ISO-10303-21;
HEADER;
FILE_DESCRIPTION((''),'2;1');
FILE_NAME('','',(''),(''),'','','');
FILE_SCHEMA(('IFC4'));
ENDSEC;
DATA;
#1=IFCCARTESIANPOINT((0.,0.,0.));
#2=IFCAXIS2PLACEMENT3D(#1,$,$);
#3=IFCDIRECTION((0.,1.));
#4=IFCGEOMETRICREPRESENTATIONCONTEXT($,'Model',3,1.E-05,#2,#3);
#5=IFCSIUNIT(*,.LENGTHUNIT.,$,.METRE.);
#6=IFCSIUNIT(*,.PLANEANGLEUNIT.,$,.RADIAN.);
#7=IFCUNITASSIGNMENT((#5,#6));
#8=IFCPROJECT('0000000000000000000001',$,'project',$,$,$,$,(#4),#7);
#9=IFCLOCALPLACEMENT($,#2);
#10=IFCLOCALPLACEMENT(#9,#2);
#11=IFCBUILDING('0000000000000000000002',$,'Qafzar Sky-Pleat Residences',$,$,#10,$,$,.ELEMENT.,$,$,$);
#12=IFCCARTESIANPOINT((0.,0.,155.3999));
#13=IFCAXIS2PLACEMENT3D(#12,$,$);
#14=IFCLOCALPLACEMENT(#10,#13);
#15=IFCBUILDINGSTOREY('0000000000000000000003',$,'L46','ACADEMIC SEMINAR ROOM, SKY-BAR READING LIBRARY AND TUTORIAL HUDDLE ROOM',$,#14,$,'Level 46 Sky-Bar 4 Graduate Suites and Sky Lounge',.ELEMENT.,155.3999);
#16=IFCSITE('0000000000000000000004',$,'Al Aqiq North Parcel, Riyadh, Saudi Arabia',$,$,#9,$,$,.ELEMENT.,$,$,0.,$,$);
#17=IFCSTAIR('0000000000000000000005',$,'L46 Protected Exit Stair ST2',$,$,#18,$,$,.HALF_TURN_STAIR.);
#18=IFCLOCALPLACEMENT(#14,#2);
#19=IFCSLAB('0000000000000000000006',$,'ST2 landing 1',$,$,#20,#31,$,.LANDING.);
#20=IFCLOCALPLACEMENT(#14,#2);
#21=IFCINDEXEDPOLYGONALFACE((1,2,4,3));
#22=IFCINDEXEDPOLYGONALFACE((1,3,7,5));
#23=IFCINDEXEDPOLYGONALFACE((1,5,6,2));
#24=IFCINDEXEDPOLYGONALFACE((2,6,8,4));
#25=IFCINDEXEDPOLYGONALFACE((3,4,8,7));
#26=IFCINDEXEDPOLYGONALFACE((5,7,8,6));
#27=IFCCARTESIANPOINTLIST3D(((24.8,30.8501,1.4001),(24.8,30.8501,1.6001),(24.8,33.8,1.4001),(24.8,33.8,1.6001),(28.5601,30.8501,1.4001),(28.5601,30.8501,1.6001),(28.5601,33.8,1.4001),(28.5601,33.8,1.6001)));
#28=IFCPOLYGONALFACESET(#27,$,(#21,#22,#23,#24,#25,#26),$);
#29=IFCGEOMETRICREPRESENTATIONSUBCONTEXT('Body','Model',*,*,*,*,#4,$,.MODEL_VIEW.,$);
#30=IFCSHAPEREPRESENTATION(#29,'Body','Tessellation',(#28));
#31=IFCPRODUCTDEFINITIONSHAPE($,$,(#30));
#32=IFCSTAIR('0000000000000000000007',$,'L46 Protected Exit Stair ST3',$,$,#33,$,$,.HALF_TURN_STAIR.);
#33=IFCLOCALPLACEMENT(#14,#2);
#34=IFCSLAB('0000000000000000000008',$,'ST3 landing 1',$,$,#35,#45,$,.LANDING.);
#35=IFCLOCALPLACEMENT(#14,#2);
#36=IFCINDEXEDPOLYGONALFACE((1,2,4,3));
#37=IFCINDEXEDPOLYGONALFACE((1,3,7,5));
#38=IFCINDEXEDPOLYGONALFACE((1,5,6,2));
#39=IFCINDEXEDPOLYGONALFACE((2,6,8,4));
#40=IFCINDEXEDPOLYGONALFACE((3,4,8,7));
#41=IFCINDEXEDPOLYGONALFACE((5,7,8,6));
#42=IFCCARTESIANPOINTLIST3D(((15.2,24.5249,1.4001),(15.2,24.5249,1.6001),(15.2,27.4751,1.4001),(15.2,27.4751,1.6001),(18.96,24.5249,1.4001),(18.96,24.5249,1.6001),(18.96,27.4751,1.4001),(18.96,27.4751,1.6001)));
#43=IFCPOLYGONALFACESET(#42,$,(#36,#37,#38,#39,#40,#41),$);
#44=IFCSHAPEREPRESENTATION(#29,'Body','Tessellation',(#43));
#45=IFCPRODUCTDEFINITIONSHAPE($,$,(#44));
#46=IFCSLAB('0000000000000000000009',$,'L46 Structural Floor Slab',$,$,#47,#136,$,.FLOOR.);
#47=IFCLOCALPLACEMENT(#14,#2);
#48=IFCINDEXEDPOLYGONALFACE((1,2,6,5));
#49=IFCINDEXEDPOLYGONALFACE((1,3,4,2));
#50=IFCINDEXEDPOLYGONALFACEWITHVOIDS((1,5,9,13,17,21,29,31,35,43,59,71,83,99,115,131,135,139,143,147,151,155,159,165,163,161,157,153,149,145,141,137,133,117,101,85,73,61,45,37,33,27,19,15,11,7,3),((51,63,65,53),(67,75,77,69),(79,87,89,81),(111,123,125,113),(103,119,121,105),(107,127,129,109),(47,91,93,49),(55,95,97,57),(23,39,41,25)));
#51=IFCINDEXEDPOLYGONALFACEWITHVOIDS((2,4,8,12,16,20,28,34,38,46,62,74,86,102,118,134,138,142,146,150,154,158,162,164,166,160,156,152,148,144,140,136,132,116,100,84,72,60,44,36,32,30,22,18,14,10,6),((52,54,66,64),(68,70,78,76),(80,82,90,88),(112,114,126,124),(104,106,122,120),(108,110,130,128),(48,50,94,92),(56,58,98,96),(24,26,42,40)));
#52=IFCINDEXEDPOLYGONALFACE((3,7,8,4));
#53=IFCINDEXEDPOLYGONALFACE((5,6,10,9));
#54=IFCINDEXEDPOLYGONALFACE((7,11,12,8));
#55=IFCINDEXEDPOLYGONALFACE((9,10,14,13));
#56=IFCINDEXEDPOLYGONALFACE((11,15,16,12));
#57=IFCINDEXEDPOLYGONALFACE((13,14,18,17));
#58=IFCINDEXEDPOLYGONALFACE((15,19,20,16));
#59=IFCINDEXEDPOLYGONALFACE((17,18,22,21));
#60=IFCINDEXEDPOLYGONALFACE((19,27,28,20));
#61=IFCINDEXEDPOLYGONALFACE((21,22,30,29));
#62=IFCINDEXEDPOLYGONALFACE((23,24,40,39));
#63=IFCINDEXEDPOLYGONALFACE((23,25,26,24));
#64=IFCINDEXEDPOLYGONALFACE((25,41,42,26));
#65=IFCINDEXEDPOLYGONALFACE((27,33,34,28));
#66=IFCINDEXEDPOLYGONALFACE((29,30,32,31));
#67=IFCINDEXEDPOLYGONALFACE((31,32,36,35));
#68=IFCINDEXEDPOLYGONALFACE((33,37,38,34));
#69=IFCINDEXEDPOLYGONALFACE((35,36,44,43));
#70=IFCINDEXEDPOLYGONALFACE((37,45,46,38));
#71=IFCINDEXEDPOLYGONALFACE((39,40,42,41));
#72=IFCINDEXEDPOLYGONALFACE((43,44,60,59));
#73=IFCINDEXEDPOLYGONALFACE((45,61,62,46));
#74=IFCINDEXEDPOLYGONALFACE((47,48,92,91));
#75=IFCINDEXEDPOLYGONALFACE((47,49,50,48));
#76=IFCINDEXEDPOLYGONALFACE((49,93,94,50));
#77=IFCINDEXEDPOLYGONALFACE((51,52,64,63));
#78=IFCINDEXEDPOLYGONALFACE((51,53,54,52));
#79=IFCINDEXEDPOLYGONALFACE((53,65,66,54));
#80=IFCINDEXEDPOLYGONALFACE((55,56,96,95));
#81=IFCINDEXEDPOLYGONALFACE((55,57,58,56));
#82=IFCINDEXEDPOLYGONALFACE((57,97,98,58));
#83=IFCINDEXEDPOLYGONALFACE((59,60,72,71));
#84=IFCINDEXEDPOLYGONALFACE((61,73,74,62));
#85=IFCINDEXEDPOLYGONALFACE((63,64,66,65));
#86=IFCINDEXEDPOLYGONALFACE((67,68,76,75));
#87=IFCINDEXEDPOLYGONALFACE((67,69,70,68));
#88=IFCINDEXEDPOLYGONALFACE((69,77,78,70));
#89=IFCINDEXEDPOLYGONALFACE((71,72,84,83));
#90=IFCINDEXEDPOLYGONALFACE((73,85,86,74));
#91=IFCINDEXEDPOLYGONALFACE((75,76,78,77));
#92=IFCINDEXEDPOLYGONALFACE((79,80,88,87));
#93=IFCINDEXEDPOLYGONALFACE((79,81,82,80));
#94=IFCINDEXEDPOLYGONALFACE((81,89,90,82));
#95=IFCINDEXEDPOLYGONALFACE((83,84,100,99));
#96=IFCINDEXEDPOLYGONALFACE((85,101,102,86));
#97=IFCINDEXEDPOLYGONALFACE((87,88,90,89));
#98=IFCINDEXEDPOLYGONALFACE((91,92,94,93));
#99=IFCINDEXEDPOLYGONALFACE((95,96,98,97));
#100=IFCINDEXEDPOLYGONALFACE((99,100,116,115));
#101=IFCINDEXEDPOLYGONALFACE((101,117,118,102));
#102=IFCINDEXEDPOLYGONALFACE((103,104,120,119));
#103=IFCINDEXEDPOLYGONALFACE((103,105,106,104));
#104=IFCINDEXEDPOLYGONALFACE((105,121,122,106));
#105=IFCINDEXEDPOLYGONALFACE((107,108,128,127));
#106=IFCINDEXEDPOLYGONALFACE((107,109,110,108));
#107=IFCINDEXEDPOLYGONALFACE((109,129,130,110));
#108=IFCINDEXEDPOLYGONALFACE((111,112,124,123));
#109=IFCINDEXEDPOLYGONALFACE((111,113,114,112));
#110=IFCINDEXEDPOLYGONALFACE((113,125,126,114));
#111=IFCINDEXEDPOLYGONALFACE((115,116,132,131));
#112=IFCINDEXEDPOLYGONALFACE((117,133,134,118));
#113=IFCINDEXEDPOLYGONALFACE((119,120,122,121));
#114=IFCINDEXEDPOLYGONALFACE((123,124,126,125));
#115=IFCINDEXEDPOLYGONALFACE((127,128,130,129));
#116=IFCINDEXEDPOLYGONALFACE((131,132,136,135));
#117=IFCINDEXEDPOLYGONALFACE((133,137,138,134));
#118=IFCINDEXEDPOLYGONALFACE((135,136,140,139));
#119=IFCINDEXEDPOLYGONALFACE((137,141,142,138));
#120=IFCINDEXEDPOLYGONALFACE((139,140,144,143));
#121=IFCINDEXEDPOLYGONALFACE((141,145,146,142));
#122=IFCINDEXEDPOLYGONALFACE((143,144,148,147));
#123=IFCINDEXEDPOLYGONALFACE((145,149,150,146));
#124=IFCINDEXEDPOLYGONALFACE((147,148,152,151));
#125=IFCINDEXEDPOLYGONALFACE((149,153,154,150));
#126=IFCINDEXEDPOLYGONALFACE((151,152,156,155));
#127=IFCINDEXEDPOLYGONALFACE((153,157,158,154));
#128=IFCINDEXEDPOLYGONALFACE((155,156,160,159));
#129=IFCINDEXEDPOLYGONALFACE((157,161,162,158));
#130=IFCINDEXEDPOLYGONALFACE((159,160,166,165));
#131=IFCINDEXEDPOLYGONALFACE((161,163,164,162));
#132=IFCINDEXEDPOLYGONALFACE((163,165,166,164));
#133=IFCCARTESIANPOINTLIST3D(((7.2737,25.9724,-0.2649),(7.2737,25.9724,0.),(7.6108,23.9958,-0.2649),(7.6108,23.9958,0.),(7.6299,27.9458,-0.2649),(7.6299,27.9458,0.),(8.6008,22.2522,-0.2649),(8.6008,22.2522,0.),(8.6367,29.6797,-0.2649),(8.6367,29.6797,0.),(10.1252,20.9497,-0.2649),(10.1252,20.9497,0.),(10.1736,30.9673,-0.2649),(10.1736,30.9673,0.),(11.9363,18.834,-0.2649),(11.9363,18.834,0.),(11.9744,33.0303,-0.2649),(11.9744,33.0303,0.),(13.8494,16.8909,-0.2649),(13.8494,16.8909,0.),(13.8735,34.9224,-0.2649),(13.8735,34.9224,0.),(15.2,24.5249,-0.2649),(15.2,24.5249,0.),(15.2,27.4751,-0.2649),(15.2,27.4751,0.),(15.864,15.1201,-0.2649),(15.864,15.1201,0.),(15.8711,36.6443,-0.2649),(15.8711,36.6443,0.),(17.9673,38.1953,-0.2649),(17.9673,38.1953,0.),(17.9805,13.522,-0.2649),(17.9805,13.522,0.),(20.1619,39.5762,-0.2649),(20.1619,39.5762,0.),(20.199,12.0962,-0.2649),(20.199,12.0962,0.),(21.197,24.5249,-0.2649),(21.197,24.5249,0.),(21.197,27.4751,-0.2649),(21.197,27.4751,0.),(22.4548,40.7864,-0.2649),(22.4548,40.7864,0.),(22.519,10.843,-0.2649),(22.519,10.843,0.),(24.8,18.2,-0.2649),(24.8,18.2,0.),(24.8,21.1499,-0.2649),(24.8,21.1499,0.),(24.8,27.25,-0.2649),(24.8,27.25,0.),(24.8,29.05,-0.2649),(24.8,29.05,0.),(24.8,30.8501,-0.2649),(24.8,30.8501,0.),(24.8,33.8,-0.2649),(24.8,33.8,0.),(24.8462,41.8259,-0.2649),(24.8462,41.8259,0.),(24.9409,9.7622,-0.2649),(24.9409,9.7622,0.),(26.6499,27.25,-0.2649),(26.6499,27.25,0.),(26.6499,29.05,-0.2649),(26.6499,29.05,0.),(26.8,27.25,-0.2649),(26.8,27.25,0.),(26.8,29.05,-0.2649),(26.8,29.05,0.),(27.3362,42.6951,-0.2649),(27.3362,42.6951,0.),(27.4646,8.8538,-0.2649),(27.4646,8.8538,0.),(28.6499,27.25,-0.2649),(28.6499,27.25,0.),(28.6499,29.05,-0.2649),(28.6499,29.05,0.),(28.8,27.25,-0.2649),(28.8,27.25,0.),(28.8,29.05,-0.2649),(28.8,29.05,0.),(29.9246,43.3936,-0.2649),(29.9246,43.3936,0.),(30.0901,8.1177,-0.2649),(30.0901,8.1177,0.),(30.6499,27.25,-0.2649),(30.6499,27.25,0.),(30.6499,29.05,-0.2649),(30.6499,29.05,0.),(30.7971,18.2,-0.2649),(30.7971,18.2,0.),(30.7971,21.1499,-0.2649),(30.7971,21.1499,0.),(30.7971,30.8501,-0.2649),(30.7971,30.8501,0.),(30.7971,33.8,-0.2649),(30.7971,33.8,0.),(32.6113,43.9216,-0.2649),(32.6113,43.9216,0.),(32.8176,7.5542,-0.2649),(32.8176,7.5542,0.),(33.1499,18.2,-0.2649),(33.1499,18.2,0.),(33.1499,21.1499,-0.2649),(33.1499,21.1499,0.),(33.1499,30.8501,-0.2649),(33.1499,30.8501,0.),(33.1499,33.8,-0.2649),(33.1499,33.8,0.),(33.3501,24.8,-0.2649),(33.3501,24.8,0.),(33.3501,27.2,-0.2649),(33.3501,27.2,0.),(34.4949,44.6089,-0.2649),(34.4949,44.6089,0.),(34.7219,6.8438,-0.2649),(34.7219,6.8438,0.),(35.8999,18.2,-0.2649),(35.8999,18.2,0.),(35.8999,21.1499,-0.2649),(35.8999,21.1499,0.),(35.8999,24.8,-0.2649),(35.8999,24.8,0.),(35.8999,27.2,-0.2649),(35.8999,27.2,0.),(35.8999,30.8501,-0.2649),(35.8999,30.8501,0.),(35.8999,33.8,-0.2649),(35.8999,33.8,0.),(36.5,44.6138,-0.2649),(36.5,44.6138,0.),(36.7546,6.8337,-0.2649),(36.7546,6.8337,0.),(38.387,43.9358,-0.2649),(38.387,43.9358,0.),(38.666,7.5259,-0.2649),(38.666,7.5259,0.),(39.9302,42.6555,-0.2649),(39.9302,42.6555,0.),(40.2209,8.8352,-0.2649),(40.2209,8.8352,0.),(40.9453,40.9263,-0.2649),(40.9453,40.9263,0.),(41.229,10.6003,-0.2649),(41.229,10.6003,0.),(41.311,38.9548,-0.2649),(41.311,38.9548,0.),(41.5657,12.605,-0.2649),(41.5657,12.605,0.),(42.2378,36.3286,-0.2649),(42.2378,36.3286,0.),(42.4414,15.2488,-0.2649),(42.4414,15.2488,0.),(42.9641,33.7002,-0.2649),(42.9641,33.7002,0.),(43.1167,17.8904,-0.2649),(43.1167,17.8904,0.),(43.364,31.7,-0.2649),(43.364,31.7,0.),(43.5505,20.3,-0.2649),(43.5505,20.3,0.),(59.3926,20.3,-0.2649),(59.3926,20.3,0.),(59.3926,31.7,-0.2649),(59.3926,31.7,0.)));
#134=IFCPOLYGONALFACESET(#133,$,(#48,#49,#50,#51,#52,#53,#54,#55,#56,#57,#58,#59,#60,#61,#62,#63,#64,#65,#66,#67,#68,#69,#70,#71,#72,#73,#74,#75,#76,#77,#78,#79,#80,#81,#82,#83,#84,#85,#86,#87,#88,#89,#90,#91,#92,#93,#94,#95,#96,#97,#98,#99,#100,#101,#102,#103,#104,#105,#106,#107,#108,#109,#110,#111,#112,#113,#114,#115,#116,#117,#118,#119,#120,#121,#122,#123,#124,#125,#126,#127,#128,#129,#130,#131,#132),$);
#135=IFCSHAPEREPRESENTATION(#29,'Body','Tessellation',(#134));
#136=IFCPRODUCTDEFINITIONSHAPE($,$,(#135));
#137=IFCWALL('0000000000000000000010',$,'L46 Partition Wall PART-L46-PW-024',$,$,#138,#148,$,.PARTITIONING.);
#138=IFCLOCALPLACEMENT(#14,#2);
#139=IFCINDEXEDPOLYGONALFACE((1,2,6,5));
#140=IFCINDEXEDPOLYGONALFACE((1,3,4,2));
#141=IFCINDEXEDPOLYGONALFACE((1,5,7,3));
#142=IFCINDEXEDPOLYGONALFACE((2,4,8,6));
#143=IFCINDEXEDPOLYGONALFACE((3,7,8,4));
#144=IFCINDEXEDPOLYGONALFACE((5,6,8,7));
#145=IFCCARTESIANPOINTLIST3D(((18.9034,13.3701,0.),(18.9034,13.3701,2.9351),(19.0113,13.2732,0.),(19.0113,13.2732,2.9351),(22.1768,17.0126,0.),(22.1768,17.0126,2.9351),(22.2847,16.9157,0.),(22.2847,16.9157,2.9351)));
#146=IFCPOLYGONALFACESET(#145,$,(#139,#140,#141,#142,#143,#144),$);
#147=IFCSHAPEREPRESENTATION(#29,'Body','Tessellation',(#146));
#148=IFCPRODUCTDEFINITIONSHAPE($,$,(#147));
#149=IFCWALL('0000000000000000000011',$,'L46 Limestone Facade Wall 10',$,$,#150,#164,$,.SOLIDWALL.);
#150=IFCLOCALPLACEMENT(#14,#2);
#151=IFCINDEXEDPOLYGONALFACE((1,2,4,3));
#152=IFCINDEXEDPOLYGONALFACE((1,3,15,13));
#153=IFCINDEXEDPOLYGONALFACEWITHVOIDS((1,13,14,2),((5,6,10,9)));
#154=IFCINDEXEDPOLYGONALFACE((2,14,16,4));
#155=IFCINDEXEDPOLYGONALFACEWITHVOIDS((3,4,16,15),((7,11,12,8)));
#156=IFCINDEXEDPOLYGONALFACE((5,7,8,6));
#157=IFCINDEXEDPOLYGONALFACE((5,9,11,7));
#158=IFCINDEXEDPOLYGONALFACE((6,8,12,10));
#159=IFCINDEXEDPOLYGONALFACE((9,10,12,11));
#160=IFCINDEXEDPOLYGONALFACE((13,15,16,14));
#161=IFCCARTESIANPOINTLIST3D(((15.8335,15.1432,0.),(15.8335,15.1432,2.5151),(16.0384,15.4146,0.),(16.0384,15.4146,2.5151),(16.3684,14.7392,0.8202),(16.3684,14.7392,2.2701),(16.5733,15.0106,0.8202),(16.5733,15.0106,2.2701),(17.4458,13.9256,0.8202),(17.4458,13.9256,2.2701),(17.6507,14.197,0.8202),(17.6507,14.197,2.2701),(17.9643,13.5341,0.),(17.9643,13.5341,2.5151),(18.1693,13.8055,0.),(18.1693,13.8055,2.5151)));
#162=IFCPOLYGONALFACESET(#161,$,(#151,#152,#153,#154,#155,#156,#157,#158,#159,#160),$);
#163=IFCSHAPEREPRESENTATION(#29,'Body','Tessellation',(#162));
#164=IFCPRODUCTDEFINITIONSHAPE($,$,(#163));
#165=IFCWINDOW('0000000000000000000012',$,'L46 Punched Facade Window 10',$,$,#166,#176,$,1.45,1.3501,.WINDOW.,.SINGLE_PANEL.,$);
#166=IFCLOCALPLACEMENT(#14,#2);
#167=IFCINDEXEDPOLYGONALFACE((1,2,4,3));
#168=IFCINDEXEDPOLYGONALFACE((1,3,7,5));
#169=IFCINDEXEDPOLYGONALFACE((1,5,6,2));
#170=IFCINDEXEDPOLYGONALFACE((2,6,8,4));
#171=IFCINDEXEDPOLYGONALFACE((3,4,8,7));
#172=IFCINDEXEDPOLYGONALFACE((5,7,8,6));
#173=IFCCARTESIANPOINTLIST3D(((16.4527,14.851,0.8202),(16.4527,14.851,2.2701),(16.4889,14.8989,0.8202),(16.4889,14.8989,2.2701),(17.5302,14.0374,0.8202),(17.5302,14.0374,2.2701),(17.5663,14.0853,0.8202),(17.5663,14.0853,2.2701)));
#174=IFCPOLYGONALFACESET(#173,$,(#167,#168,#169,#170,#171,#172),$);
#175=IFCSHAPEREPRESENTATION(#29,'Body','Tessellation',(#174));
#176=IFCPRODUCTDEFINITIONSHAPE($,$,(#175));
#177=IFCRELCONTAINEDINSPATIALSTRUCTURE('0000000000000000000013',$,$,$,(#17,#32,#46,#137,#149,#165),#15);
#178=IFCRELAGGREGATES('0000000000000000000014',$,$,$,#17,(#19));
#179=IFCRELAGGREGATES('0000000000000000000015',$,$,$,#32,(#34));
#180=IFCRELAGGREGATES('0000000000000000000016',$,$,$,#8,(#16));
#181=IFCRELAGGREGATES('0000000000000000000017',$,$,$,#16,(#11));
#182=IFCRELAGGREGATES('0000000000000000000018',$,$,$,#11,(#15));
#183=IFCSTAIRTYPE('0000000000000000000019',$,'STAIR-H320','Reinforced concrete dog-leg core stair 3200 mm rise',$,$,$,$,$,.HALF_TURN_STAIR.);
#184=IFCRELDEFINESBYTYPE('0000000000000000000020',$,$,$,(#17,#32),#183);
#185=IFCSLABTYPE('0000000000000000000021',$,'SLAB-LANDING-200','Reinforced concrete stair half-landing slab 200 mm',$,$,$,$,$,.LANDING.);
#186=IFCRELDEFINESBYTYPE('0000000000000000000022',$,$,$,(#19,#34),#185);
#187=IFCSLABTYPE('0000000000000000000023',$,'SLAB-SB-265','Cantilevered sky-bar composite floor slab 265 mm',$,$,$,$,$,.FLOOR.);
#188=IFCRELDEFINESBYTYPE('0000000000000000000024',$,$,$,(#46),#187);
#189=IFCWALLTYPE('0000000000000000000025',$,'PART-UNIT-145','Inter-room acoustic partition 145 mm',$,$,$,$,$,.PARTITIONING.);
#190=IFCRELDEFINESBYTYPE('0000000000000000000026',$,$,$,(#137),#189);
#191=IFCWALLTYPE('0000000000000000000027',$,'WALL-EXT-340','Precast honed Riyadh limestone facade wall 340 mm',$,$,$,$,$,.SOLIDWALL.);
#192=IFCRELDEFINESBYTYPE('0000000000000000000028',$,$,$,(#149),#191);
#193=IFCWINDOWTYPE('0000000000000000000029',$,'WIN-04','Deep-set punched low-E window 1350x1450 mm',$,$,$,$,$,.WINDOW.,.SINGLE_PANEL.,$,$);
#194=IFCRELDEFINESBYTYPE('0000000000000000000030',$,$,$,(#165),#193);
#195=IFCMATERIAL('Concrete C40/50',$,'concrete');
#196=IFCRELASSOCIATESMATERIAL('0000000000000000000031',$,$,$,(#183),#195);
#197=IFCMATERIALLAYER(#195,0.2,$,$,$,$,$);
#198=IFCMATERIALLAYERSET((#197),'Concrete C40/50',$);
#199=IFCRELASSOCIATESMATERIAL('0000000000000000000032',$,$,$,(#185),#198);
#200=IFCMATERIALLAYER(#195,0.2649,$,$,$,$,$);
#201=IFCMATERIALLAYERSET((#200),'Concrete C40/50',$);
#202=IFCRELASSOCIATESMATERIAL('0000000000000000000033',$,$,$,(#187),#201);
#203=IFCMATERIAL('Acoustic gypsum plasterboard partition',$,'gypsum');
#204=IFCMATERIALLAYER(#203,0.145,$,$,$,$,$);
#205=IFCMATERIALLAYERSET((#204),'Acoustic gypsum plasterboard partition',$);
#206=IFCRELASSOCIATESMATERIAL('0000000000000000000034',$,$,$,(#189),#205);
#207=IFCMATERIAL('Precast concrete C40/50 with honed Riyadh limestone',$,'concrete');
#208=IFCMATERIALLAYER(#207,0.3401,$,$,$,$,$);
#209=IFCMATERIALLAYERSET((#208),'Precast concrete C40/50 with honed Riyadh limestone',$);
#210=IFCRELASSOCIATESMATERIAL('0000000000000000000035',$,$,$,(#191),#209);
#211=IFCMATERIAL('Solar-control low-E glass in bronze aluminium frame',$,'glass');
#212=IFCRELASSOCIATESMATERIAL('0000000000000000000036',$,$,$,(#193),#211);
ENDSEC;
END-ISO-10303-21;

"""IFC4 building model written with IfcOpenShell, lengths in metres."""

from ifc_helpers import new_model, si_unit, direction, frame, frame_2d, origin, place, context, subcontext, project, spatial, polyline, rectangle, outline, extrude, source, transform, mapped, material, layer, layer_set, type_object, element, fill, aggregate, save


model = new_model("IFC4")

# Units and contexts
model_context = context("Model", 3, precision=1e-05, world=origin(), true_north=direction((0.0, 1.0)))
body_context = subcontext(model_context, "Body", "Model", "MODEL_VIEW")
ifc_project = project(units=[si_unit("LENGTHUNIT", "METRE"), si_unit("PLANEANGLEUNIT", "RADIAN")], contexts=[model_context])

# Site, building, storey
site_placement = place(None, origin())
site = spatial("IfcSite", under=ifc_project, at=site_placement, Name="Al Aqiq North Parcel, Riyadh, Saudi Arabia", CompositionType="ELEMENT", RefElevation=0.0)
building_placement = place(site_placement, origin())
building = spatial("IfcBuilding", under=site, at=building_placement, Name="Qafzar Sky-Pleat Residences", CompositionType="ELEMENT")
storey_placement = place(building_placement, frame((0.0, 0.0, 155.3999)))
storey = spatial("IfcBuildingStorey", under=building, at=storey_placement, Name="L46", Description="ACADEMIC SEMINAR ROOM, SKY-BAR READING LIBRARY AND TUTORIAL HUDDLE ROOM", LongName="Level 46 Sky-Bar 4 Graduate Suites and Sky Lounge", CompositionType="ELEMENT", Elevation=155.3999)

# Shared definitions
ifc_material_1 = material(Name="Concrete C40/50", Category="concrete")

# Stairs, slabs
stair_type = type_object("IfcStairType", Name="STAIR-H320", Description="Reinforced concrete dog-leg core stair 3200 mm rise", PredefinedType="HALF_TURN_STAIR", material=ifc_material_1)
ifc_layer_1 = layer(ifc_material_1, 0.2)
ifc_layer_set_1 = layer_set([ifc_layer_1], Name="Concrete C40/50")
slab_type_1 = type_object("IfcSlabType", Name="SLAB-LANDING-200", Description="Reinforced concrete stair half-landing slab 200 mm", PredefinedType="LANDING", material=ifc_layer_set_1)
stair_1_placement = place(storey_placement, origin())
stair_1 = element("IfcStair", 1, at=stair_1_placement, inside=storey, type_object=stair_type, Name="L46 Protected Exit Stair ST2", PredefinedType="HALF_TURN_STAIR")
slab_1_placement = place(storey_placement, frame((0.0, 0.0, 1.4001)))
slab_1 = element("IfcSlab", 2, at=slab_1_placement, type_object=slab_type_1, Name="ST2 landing 1", PredefinedType="LANDING", context=body_context, shape_type="SweptSolid", body=[
    extrude(outline(polyline([(28.5601, 33.8), (24.8, 33.8), (24.8, 30.8501), (28.5601, 30.8501), (28.5601, 33.8)])), origin(), (0.0, 0.0, 1.0), 0.2),
])
aggregate(stair_1, [slab_1])
stair_2_placement = place(storey_placement, origin())
stair_2 = element("IfcStair", 3, at=stair_2_placement, inside=storey, type_object=stair_type, Name="L46 Protected Exit Stair ST3", PredefinedType="HALF_TURN_STAIR")
slab_2_placement = place(storey_placement, frame((0.0, 0.0, 1.4001)))
slab_2 = element("IfcSlab", 4, at=slab_2_placement, type_object=slab_type_1, Name="ST3 landing 1", PredefinedType="LANDING", context=body_context, shape_type="SweptSolid", body=[
    extrude(outline(polyline([(18.96, 27.4751), (15.2, 27.4751), (15.2, 24.5249), (18.96, 24.5249), (18.96, 27.4751)])), origin(), (0.0, 0.0, 1.0), 0.2),
])
aggregate(stair_2, [slab_2])

# Slab
ifc_layer_2 = layer(ifc_material_1, 0.2649)
ifc_layer_set_2 = layer_set([ifc_layer_2], Name="Concrete C40/50")
slab_type_2 = type_object("IfcSlabType", Name="SLAB-SB-265", Description="Cantilevered sky-bar composite floor slab 265 mm", PredefinedType="FLOOR", material=ifc_layer_set_2)
slab_3_placement = place(storey_placement, frame((0.0, 0.0, -0.2649)))
element("IfcSlab", 5, at=slab_3_placement, inside=storey, type_object=slab_type_2, Name="L46 Structural Floor Slab", PredefinedType="FLOOR", context=body_context, shape_type="SweptSolid", body=[
    extrude(outline(polyline([(43.1167, 17.8904), (42.4414, 15.2488), (41.5657, 12.605), (41.229, 10.6003), (40.2209, 8.8352), (38.666, 7.5259), (36.7546, 6.8337), (34.7219, 6.8438), (32.8176, 7.5542), (30.0901, 8.1177), (27.4646, 8.8538), (24.9409, 9.7622), (22.519, 10.843), (20.199, 12.0962), (17.9805, 13.522), (15.864, 15.1201), (13.8494, 16.8909), (11.9363, 18.834), (10.1252, 20.9497), (8.6008, 22.2522), (7.6108, 23.9958), (7.2737, 25.9724), (7.6299, 27.9458), (8.6367, 29.6797), (10.1736, 30.9673), (11.9744, 33.0303), (13.8735, 34.9224), (15.8711, 36.6443), (17.9673, 38.1953), (20.1619, 39.5762), (22.4548, 40.7864), (24.8462, 41.8259), (27.3362, 42.6951), (29.9246, 43.3936), (32.6113, 43.9216), (34.4949, 44.6089), (36.5, 44.6138), (38.387, 43.9358), (39.9302, 42.6555), (40.9453, 40.9263), (41.311, 38.9548), (42.2378, 36.3286), (42.9641, 33.7002), (43.364, 31.7), (59.3926, 31.7), (59.3926, 20.3), (43.5505, 20.3), (43.1167, 17.8904)]), holes=[polyline([(30.7971, 21.1499), (24.8, 21.1499), (24.8, 18.2), (30.7971, 18.2), (30.7971, 21.1499)]), polyline([(30.7971, 33.8), (24.8, 33.8), (24.8, 30.8501), (30.7971, 30.8501), (30.7971, 33.8)]), polyline([(21.197, 27.4751), (15.2, 27.4751), (15.2, 24.5249), (21.197, 24.5249), (21.197, 27.4751)]), polyline([(24.8, 27.25), (26.6499, 27.25), (26.6499, 29.05), (24.8, 29.05), (24.8, 27.25)]), polyline([(26.8, 27.25), (28.6499, 27.25), (28.6499, 29.05), (26.8, 29.05), (26.8, 27.25)]), polyline([(28.8, 27.25), (30.6499, 27.25), (30.6499, 29.05), (28.8, 29.05), (28.8, 27.25)]), polyline([(33.1499, 18.2), (35.8999, 18.2), (35.8999, 21.1499), (33.1499, 21.1499), (33.1499, 18.2)]), polyline([(33.1499, 30.8501), (35.8999, 30.8501), (35.8999, 33.8), (33.1499, 33.8), (33.1499, 30.8501)]), polyline([(33.3501, 24.8), (35.8999, 24.8), (35.8999, 27.2), (33.3501, 27.2), (33.3501, 24.8)])]), origin(), (0.0, 0.0, 1.0), 0.2649),
])

# Wall
ifc_material_2 = material(Name="Acoustic gypsum plasterboard partition", Category="gypsum")
ifc_layer_3 = layer(ifc_material_2, 0.145)
ifc_layer_set_3 = layer_set([ifc_layer_3], Name="Acoustic gypsum plasterboard partition")
wall_type_1 = type_object("IfcWallType", Name="PART-UNIT-145", Description="Inter-room acoustic partition 145 mm", PredefinedType="PARTITIONING", material=ifc_layer_set_3)
wall_1_placement = place(storey_placement, frame((18.9573, 13.3215, 0.0), z_axis=(0.0, 0.0, 1.0), x_axis=(0.668414, 0.74379, 0.0)))
element("IfcWall", 6, at=wall_1_placement, inside=storey, type_object=wall_type_1, Name="L46 Partition Wall PART-L46-PW-024", PredefinedType="PARTITIONING", context=body_context, shape_type="SweptSolid", body=[
    extrude(rectangle(XDim=4.8972, YDim=0.145, at=frame_2d((2.4487, 0.0))), origin(), (0.0, 0.0, 1.0), 2.9351),
])

# Wall, opening, window
ifc_material_3 = material(Name="Precast concrete C40/50 with honed Riyadh limestone", Category="concrete")
ifc_layer_4 = layer(ifc_material_3, 0.3401)
ifc_layer_set_4 = layer_set([ifc_layer_4], Name="Precast concrete C40/50 with honed Riyadh limestone")
wall_type_2 = type_object("IfcWallType", Name="WALL-EXT-340", Description="Precast honed Riyadh limestone facade wall 340 mm", PredefinedType="SOLIDWALL", material=ifc_layer_set_4)
wall_2_placement = place(storey_placement, frame((15.936, 15.2788, 0.0), z_axis=(0.0, 0.0, 1.0), x_axis=(0.798021, -0.60263, 0.0)))
wall_2 = element("IfcWall", 7, at=wall_2_placement, inside=storey, type_object=wall_type_2, Name="L46 Limestone Facade Wall 10", PredefinedType="SOLIDWALL", context=body_context, shape_type="SweptSolid", body=[
    extrude(rectangle(XDim=2.6702, YDim=0.3401, at=frame_2d((1.335, 0.0))), origin(), (0.0, 0.0, 1.0), 2.5151),
])
opening_1_placement = place(wall_2_placement, frame((0.6702, 0.0, 0.8201)))
opening_1 = element("IfcOpeningElement", 8, at=opening_1_placement, cuts=wall_2, PredefinedType="OPENING", context=body_context, shape_type="SweptSolid", body=[
    extrude(rectangle(XDim=1.3501, YDim=1.45, at=frame_2d((0.675, 0.7251))), frame((0.0, 0.1802, 0.0), z_axis=(0.0, -1.0, 0.0), x_axis=(1.0, 0.0, 0.0)), (0.0, 0.0, 1.0), 0.3601),
])
ifc_material_4 = material(Name="Solar-control low-E glass in bronze aluminium frame", Category="glass")
window_type_1 = type_object("IfcWindowType", Name="WIN-04", Description="Deep-set punched low-E window 1350x1450 mm", PartitioningType="SINGLE_PANEL", PredefinedType="WINDOW", material=ifc_material_4)
shared_shape_1 = source(origin(), body_context, "Body", "SweptSolid", [
    extrude(rectangle(XDim=1.3501, YDim=1.45, at=frame_2d((0.675, 0.7251))), frame((0.0, 0.03, 0.0), z_axis=(0.0, -1.0, 0.0), x_axis=(1.0, 0.0, 0.0)), (0.0, 0.0, 1.0), 0.0601),
])
window_1_placement = place(opening_1_placement, origin())
window_1 = element("IfcWindow", 9, at=window_1_placement, inside=storey, type_object=window_type_1, Name="L46 Punched Facade Window 10", OverallHeight=1.45, OverallWidth=1.3501, PartitioningType="SINGLE_PANEL", PredefinedType="WINDOW", context=body_context, shape_type="MappedRepresentation", body=[
    mapped(shared_shape_1, transform((0.0, 0.0, 0.0), x_axis=(1.0, 0.0, 0.0), y_axis=(0.0, 1.0, 0.0), z_axis=(0.0, 0.0, 1.0), scale=1.0)),
])
fill(opening_1, window_1)

save(model, "model.ifc")
